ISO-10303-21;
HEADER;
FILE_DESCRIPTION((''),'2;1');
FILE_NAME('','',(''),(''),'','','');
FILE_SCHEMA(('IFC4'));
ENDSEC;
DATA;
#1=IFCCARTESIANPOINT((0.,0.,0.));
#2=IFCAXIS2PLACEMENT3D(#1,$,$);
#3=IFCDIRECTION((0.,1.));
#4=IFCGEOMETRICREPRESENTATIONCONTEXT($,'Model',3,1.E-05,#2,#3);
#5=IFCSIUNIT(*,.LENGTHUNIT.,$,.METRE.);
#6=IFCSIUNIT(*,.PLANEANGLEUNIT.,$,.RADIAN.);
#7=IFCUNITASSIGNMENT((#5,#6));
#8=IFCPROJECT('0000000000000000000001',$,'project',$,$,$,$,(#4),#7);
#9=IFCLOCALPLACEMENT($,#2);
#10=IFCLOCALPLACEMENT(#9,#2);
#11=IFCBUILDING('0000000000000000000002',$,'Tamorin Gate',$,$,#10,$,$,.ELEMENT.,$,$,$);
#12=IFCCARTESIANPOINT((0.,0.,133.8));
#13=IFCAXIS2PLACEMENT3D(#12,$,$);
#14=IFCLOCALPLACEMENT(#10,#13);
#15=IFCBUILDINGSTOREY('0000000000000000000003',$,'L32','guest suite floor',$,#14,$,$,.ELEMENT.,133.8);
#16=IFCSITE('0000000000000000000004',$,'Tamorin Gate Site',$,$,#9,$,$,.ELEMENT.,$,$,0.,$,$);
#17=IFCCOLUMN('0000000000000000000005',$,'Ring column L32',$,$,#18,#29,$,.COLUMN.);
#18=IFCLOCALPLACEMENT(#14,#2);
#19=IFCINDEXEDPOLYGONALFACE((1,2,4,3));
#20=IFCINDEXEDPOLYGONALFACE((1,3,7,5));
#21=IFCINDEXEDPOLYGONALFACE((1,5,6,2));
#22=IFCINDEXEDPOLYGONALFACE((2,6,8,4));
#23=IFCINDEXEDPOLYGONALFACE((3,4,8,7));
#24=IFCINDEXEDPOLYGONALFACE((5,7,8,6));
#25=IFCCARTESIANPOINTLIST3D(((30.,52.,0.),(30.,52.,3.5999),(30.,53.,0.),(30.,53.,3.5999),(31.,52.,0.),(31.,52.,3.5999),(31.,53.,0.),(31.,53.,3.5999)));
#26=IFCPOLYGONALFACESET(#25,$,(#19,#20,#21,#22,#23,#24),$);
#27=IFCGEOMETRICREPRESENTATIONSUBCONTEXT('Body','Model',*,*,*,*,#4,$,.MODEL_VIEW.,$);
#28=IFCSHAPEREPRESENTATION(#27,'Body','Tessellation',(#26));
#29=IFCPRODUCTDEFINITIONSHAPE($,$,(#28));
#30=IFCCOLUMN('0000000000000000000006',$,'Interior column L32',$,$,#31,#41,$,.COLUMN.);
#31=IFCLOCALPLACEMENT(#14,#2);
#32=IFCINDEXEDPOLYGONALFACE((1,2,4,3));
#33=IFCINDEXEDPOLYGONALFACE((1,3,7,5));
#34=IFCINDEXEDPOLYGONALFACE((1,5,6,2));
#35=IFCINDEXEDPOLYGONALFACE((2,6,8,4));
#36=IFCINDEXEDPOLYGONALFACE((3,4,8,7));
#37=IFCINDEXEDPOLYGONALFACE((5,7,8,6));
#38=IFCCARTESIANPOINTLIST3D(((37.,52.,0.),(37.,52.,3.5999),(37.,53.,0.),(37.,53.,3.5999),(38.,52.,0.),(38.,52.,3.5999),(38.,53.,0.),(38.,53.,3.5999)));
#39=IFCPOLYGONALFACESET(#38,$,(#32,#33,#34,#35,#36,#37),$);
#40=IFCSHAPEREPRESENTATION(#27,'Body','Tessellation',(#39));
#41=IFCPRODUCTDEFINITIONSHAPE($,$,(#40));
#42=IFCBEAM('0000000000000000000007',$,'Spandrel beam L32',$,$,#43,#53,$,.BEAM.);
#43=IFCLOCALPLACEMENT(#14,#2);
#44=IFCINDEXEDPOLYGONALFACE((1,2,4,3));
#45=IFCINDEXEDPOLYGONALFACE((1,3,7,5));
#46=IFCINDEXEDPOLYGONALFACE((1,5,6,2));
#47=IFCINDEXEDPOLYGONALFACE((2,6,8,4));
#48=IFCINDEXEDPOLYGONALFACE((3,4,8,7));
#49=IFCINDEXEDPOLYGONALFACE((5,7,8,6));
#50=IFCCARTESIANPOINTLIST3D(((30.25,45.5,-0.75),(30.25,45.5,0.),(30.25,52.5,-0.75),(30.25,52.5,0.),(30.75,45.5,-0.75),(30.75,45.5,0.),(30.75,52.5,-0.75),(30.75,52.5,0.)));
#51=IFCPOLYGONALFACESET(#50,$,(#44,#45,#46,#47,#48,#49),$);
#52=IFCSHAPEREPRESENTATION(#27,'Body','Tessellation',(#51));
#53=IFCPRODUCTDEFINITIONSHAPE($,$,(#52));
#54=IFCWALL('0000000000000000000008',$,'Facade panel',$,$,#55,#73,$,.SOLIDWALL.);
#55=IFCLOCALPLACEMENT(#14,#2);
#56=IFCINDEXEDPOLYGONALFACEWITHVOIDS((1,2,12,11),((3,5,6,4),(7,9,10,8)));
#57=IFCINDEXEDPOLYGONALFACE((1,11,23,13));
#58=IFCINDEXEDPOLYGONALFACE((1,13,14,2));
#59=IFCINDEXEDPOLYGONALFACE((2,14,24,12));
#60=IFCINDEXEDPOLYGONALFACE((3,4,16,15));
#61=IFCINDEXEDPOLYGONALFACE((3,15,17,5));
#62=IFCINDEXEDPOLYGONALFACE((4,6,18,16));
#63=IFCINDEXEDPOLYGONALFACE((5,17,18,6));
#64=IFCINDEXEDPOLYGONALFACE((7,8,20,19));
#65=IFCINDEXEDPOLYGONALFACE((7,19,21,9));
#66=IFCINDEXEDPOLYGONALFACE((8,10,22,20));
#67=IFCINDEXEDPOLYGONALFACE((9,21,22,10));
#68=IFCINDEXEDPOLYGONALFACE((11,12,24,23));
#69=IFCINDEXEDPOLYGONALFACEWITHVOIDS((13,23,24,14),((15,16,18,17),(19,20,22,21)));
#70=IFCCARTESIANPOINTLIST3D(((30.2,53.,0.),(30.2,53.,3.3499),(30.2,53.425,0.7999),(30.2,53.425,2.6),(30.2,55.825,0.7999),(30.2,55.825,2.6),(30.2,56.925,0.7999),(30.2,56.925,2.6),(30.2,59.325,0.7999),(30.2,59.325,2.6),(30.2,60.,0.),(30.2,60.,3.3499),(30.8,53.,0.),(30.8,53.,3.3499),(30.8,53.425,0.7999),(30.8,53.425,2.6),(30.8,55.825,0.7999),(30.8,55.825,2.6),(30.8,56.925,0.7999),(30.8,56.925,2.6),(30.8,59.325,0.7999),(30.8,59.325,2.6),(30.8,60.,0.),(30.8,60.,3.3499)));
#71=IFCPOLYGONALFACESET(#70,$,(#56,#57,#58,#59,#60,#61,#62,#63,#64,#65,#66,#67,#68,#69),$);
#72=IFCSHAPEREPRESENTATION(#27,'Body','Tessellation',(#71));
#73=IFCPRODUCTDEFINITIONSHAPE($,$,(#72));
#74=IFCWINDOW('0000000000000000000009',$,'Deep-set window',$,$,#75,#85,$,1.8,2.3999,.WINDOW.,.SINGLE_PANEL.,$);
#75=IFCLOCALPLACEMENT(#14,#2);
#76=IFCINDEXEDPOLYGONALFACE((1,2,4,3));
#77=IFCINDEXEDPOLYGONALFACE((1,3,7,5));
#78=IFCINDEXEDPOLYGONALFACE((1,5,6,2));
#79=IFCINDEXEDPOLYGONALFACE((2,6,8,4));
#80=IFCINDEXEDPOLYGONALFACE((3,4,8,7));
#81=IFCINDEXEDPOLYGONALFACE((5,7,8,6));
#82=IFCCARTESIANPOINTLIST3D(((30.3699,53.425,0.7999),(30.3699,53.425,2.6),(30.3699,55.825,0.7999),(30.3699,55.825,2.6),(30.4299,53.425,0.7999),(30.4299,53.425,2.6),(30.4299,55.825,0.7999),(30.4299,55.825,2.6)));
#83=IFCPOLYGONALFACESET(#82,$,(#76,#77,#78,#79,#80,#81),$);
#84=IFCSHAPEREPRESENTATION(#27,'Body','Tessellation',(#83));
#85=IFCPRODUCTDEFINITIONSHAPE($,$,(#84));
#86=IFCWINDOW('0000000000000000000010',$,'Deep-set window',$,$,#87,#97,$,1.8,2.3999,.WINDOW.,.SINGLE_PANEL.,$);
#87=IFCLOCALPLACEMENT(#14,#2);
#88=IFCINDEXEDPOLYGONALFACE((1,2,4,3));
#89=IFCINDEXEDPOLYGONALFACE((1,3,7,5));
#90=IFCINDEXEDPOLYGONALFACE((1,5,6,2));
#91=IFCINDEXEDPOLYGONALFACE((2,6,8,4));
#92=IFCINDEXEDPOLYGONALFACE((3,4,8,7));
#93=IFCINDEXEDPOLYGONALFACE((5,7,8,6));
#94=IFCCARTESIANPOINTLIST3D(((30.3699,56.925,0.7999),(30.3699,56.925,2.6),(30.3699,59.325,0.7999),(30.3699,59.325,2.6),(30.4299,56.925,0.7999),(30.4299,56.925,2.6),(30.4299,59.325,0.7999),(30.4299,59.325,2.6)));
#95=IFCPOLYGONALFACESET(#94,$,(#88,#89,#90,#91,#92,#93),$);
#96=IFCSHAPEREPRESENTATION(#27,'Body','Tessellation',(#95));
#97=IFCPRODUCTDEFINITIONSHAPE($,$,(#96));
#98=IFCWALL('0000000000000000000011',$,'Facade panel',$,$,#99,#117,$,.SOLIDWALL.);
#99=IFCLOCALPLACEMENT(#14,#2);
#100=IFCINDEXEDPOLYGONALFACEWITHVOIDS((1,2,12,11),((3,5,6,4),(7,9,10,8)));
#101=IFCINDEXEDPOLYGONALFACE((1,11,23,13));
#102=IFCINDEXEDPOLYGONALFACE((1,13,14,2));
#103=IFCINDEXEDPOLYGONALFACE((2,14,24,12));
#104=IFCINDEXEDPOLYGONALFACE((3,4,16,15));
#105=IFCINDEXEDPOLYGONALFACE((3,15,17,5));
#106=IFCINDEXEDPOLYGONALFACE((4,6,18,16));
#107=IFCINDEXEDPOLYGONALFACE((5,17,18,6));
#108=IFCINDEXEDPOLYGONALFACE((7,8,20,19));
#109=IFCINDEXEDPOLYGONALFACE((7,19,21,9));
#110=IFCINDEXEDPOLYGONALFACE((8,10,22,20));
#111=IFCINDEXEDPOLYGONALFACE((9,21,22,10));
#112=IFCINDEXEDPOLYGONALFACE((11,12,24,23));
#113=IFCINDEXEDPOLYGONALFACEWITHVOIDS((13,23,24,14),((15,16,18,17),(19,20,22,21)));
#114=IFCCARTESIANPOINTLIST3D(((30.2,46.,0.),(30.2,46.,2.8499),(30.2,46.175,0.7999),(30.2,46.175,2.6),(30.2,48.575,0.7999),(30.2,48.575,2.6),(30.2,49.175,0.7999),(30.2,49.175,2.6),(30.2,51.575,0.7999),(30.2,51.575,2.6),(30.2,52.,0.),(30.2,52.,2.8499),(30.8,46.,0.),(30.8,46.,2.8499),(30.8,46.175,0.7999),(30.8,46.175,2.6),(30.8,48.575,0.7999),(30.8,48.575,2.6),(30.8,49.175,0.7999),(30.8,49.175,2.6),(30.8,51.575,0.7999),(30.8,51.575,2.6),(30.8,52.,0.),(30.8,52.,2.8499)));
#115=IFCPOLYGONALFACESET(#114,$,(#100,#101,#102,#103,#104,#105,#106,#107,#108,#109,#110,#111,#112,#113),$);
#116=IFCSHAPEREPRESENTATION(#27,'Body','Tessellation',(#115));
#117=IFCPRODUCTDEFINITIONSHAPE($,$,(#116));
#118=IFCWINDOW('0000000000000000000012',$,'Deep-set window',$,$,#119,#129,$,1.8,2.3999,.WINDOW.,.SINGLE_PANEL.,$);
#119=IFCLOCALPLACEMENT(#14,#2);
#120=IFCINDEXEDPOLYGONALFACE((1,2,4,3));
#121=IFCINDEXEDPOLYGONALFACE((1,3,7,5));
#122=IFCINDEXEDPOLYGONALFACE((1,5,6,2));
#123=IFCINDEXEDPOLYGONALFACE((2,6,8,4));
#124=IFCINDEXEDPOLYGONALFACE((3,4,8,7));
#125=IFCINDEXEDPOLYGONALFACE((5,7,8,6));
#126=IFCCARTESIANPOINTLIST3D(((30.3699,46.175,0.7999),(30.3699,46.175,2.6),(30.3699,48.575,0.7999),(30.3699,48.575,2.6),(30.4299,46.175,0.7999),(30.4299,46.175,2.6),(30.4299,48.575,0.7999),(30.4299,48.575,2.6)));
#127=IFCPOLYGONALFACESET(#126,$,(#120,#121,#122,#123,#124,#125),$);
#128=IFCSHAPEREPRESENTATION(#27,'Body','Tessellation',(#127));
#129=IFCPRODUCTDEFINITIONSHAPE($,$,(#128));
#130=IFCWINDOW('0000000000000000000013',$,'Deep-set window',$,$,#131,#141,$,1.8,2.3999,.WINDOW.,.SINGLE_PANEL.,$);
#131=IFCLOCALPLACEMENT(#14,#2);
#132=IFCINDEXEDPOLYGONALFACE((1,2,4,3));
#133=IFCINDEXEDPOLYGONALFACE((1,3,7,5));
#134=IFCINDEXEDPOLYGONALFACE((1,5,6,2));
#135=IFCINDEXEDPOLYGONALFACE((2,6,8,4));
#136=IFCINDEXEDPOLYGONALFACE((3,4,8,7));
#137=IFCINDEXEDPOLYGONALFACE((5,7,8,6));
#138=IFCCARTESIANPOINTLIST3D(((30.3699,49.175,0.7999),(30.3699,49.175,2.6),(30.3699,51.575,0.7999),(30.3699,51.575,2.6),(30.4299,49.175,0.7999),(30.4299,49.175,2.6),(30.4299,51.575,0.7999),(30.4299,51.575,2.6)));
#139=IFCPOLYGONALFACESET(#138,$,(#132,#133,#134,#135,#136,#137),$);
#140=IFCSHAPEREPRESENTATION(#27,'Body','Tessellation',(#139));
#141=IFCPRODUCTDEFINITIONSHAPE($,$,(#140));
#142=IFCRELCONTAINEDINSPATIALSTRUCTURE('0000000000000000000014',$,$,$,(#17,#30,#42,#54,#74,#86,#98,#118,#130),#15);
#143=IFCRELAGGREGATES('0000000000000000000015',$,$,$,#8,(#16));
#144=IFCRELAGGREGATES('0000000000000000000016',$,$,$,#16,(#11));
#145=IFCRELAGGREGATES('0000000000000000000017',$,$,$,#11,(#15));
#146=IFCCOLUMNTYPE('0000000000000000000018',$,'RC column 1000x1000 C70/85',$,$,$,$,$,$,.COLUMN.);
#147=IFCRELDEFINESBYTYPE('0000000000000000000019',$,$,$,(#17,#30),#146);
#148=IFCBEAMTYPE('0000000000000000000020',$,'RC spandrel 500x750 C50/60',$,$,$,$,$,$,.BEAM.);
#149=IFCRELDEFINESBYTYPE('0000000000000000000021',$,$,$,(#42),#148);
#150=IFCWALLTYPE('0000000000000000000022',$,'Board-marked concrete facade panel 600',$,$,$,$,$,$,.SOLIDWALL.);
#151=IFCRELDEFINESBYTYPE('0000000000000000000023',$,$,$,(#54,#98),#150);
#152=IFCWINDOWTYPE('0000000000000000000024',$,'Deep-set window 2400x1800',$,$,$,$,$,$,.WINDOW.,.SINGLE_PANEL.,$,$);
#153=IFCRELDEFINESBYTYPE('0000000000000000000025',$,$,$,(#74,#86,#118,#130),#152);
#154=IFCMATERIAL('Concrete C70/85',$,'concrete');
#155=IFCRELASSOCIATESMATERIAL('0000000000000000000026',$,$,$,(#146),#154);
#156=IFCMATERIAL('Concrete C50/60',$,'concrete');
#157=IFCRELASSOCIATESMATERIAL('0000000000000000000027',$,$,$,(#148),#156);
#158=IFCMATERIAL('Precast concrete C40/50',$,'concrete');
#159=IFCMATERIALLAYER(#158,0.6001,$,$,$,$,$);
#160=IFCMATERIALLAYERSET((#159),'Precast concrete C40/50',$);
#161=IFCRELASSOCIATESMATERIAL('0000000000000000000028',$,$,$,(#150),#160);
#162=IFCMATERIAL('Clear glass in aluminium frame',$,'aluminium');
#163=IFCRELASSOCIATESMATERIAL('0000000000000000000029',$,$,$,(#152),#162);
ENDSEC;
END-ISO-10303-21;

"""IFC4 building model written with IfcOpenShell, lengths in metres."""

from ifc_helpers import new_model, si_unit, direction, frame, frame_2d, origin, origin_2d, place, context, subcontext, project, spatial, rectangle, extrude, material, layer, layer_set, material_profile, profile_set, type_object, element, fill, save


model = new_model("IFC4")

# Units and contexts
model_context = context("Model", 3, precision=1e-05, world=origin(), true_north=direction((0.0, 1.0)))
body_context = subcontext(model_context, "Body", "Model", "MODEL_VIEW")
ifc_project = project(units=[si_unit("LENGTHUNIT", "METRE"), si_unit("PLANEANGLEUNIT", "RADIAN")], contexts=[model_context])

# Site, building, storey
site_placement = place(None, origin())
site = spatial("IfcSite", under=ifc_project, at=site_placement, Name="Tamorin Gate Site", CompositionType="ELEMENT", RefElevation=0.0)
building_placement = place(site_placement, origin())
building = spatial("IfcBuilding", under=site, at=building_placement, Name="Tamorin Gate", CompositionType="ELEMENT")
storey_placement = place(building_placement, frame((0.0, 0.0, 133.8)))
storey = spatial("IfcBuildingStorey", under=building, at=storey_placement, Name="L32", Description="guest suite floor", CompositionType="ELEMENT", Elevation=133.8)

# Columns
ifc_material_1 = material(Name="Concrete C70/85", Category="concrete")
ifc_material_profile_1 = material_profile(ifc_material_1, rectangle(XDim=1.0, YDim=1.0, at=origin_2d()), Name="RC 1000x1000")
ifc_profile_set_1 = profile_set([ifc_material_profile_1], Name="Concrete C70/85")
column_type = type_object("IfcColumnType", Name="RC column 1000x1000 C70/85", PredefinedType="COLUMN", material=ifc_profile_set_1)
for number, where, z_axis, x_axis, name in (
    (1, (30.5, 52.5, 0.0), (0.0, 0.0, 1.0), (1.0, 0.0, 0.0), "Ring column L32"),
    (2, (37.5, 52.5, 0.0), (0.0, 0.0, 1.0), (1.0, 0.0, 0.0), "Interior column L32"),
):
    element("IfcColumn", number, at=place(storey_placement, frame(where, z_axis=z_axis, x_axis=x_axis)), inside=storey, type_object=column_type, Name=name, PredefinedType="COLUMN", context=body_context, shape_type="SweptSolid", body=[
        extrude(rectangle(XDim=1.0, YDim=1.0, at=origin_2d()), origin(), (0.0, 0.0, 1.0), 3.5999),
    ])

# Beam
ifc_material_2 = material(Name="Concrete C50/60", Category="concrete")
ifc_material_profile_2 = material_profile(ifc_material_2, rectangle(XDim=0.5, YDim=0.75, at=origin_2d()), Name="RC 500x750")
ifc_profile_set_2 = profile_set([ifc_material_profile_2], Name="Concrete C50/60")
beam_type = type_object("IfcBeamType", Name="RC spandrel 500x750 C50/60", PredefinedType="BEAM", material=ifc_profile_set_2)
beam_placement = place(storey_placement, frame((30.5, 52.5, -0.375), z_axis=(0.0, -1.0, 0.0), x_axis=(1.0, 0.0, 0.0)))
element("IfcBeam", 3, at=beam_placement, inside=storey, type_object=beam_type, Name="Spandrel beam L32", PredefinedType="BEAM", context=body_context, shape_type="SweptSolid", body=[
    extrude(rectangle(XDim=0.5, YDim=0.75, at=origin_2d()), origin(), (0.0, 0.0, 1.0), 7.0),
])

# Walls, openings, windows
ifc_material_3 = material(Name="Precast concrete C40/50", Category="concrete")
ifc_layer_1 = layer(ifc_material_3, 0.6001)
ifc_layer_set_1 = layer_set([ifc_layer_1], Name="Precast concrete C40/50")
wall_type_1 = type_object("IfcWallType", Name="Board-marked concrete facade panel 600", PredefinedType="SOLIDWALL", material=ifc_layer_set_1)
wall_1_placement = place(storey_placement, frame((30.5, 60.0, 0.0), z_axis=(0.0, 0.0, 1.0), x_axis=(0.0, -1.0, 0.0)))
wall_1 = element("IfcWall", 4, at=wall_1_placement, inside=storey, type_object=wall_type_1, Name="Facade panel", PredefinedType="SOLIDWALL", context=body_context, shape_type="SweptSolid", body=[
    extrude(rectangle(XDim=7.0, YDim=0.6001, at=frame_2d((3.5, 0.0))), origin(), (0.0, 0.0, 1.0), 3.3499),
])
opening_1_placement = place(wall_1_placement, frame((4.175, 0.0, 0.8)))
opening_1 = element("IfcOpeningElement", 5, at=opening_1_placement, cuts=wall_1, PredefinedType="OPENING", context=body_context, shape_type="SweptSolid", body=[
    extrude(rectangle(XDim=2.3999, YDim=1.8, at=frame_2d((1.2, 0.8999))), frame((0.0, 0.3101, 0.0), z_axis=(0.0, -1.0, 0.0), x_axis=(1.0, 0.0, 0.0)), (0.0, 0.0, 1.0), 0.6201),
])
opening_2_placement = place(wall_1_placement, frame((0.675, 0.0, 0.8)))
opening_2 = element("IfcOpeningElement", 6, at=opening_2_placement, cuts=wall_1, PredefinedType="OPENING", context=body_context, shape_type="SweptSolid", body=[
    extrude(rectangle(XDim=2.3999, YDim=1.8, at=frame_2d((1.2, 0.8999))), frame((0.0, 0.3101, 0.0), z_axis=(0.0, -1.0, 0.0), x_axis=(1.0, 0.0, 0.0)), (0.0, 0.0, 1.0), 0.6201),
])
ifc_material_4 = material(Name="Clear glass in aluminium frame", Category="aluminium")
window_type = type_object("IfcWindowType", Name="Deep-set window 2400x1800", PartitioningType="SINGLE_PANEL", PredefinedType="WINDOW", material=ifc_material_4)
window_1_placement = place(opening_1_placement, origin())
window_1 = element("IfcWindow", 7, at=window_1_placement, inside=storey, type_object=window_type, Name="Deep-set window", OverallHeight=1.8, OverallWidth=2.3999, PartitioningType="SINGLE_PANEL", PredefinedType="WINDOW", context=body_context, shape_type="SweptSolid", body=[
    extrude(rectangle(XDim=2.3999, YDim=1.8, at=frame_2d((1.2, 0.8999))), frame((0.0, -0.0701, 0.0), z_axis=(0.0, -1.0, 0.0), x_axis=(1.0, 0.0, 0.0)), (0.0, 0.0, 1.0), 0.0601),
])
fill(opening_1, window_1)
window_2_placement = place(opening_2_placement, origin())
window_2 = element("IfcWindow", 8, at=window_2_placement, inside=storey, type_object=window_type, Name="Deep-set window", OverallHeight=1.8, OverallWidth=2.3999, PartitioningType="SINGLE_PANEL", PredefinedType="WINDOW", context=body_context, shape_type="SweptSolid", body=[
    extrude(rectangle(XDim=2.3999, YDim=1.8, at=frame_2d((1.2, 0.8999))), frame((0.0, -0.0701, 0.0), z_axis=(0.0, -1.0, 0.0), x_axis=(1.0, 0.0, 0.0)), (0.0, 0.0, 1.0), 0.0601),
])
fill(opening_2, window_2)
wall_2_placement = place(storey_placement, frame((30.5, 52.0, 0.0), z_axis=(0.0, 0.0, 1.0), x_axis=(0.0, -1.0, 0.0)))
wall_2 = element("IfcWall", 9, at=wall_2_placement, inside=storey, type_object=wall_type_1, Name="Facade panel", PredefinedType="SOLIDWALL", context=body_context, shape_type="SweptSolid", body=[
    extrude(rectangle(XDim=6.0, YDim=0.6001, at=frame_2d((3.0, 0.0))), origin(), (0.0, 0.0, 1.0), 2.8499),
])
opening_3_placement = place(wall_2_placement, frame((3.425, 0.0, 0.8)))
opening_3 = element("IfcOpeningElement", 10, at=opening_3_placement, cuts=wall_2, PredefinedType="OPENING", context=body_context, shape_type="SweptSolid", body=[
    extrude(rectangle(XDim=2.3999, YDim=1.8, at=frame_2d((1.2, 0.8999))), frame((0.0, 0.3101, 0.0), z_axis=(0.0, -1.0, 0.0), x_axis=(1.0, 0.0, 0.0)), (0.0, 0.0, 1.0), 0.6201),
])
opening_4_placement = place(wall_2_placement, frame((0.425, 0.0, 0.8)))
opening_4 = element("IfcOpeningElement", 11, at=opening_4_placement, cuts=wall_2, PredefinedType="OPENING", context=body_context, shape_type="SweptSolid", body=[
    extrude(rectangle(XDim=2.3999, YDim=1.8, at=frame_2d((1.2, 0.8999))), frame((0.0, 0.3101, 0.0), z_axis=(0.0, -1.0, 0.0), x_axis=(1.0, 0.0, 0.0)), (0.0, 0.0, 1.0), 0.6201),
])
window_3_placement = place(opening_3_placement, origin())
window_3 = element("IfcWindow", 12, at=window_3_placement, inside=storey, type_object=window_type, Name="Deep-set window", OverallHeight=1.8, OverallWidth=2.3999, PartitioningType="SINGLE_PANEL", PredefinedType="WINDOW", context=body_context, shape_type="SweptSolid", body=[
    extrude(rectangle(XDim=2.3999, YDim=1.8, at=frame_2d((1.2, 0.8999))), frame((0.0, -0.0701, 0.0), z_axis=(0.0, -1.0, 0.0), x_axis=(1.0, 0.0, 0.0)), (0.0, 0.0, 1.0), 0.0601),
])
fill(opening_3, window_3)
window_4_placement = place(opening_4_placement, origin())
window_4 = element("IfcWindow", 13, at=window_4_placement, inside=storey, type_object=window_type, Name="Deep-set window", OverallHeight=1.8, OverallWidth=2.3999, PartitioningType="SINGLE_PANEL", PredefinedType="WINDOW", context=body_context, shape_type="SweptSolid", body=[
    extrude(rectangle(XDim=2.3999, YDim=1.8, at=frame_2d((1.2, 0.8999))), frame((0.0, -0.0701, 0.0), z_axis=(0.0, -1.0, 0.0), x_axis=(1.0, 0.0, 0.0)), (0.0, 0.0, 1.0), 0.0601),
])
fill(opening_4, window_4)

save(model, "model.ifc")
